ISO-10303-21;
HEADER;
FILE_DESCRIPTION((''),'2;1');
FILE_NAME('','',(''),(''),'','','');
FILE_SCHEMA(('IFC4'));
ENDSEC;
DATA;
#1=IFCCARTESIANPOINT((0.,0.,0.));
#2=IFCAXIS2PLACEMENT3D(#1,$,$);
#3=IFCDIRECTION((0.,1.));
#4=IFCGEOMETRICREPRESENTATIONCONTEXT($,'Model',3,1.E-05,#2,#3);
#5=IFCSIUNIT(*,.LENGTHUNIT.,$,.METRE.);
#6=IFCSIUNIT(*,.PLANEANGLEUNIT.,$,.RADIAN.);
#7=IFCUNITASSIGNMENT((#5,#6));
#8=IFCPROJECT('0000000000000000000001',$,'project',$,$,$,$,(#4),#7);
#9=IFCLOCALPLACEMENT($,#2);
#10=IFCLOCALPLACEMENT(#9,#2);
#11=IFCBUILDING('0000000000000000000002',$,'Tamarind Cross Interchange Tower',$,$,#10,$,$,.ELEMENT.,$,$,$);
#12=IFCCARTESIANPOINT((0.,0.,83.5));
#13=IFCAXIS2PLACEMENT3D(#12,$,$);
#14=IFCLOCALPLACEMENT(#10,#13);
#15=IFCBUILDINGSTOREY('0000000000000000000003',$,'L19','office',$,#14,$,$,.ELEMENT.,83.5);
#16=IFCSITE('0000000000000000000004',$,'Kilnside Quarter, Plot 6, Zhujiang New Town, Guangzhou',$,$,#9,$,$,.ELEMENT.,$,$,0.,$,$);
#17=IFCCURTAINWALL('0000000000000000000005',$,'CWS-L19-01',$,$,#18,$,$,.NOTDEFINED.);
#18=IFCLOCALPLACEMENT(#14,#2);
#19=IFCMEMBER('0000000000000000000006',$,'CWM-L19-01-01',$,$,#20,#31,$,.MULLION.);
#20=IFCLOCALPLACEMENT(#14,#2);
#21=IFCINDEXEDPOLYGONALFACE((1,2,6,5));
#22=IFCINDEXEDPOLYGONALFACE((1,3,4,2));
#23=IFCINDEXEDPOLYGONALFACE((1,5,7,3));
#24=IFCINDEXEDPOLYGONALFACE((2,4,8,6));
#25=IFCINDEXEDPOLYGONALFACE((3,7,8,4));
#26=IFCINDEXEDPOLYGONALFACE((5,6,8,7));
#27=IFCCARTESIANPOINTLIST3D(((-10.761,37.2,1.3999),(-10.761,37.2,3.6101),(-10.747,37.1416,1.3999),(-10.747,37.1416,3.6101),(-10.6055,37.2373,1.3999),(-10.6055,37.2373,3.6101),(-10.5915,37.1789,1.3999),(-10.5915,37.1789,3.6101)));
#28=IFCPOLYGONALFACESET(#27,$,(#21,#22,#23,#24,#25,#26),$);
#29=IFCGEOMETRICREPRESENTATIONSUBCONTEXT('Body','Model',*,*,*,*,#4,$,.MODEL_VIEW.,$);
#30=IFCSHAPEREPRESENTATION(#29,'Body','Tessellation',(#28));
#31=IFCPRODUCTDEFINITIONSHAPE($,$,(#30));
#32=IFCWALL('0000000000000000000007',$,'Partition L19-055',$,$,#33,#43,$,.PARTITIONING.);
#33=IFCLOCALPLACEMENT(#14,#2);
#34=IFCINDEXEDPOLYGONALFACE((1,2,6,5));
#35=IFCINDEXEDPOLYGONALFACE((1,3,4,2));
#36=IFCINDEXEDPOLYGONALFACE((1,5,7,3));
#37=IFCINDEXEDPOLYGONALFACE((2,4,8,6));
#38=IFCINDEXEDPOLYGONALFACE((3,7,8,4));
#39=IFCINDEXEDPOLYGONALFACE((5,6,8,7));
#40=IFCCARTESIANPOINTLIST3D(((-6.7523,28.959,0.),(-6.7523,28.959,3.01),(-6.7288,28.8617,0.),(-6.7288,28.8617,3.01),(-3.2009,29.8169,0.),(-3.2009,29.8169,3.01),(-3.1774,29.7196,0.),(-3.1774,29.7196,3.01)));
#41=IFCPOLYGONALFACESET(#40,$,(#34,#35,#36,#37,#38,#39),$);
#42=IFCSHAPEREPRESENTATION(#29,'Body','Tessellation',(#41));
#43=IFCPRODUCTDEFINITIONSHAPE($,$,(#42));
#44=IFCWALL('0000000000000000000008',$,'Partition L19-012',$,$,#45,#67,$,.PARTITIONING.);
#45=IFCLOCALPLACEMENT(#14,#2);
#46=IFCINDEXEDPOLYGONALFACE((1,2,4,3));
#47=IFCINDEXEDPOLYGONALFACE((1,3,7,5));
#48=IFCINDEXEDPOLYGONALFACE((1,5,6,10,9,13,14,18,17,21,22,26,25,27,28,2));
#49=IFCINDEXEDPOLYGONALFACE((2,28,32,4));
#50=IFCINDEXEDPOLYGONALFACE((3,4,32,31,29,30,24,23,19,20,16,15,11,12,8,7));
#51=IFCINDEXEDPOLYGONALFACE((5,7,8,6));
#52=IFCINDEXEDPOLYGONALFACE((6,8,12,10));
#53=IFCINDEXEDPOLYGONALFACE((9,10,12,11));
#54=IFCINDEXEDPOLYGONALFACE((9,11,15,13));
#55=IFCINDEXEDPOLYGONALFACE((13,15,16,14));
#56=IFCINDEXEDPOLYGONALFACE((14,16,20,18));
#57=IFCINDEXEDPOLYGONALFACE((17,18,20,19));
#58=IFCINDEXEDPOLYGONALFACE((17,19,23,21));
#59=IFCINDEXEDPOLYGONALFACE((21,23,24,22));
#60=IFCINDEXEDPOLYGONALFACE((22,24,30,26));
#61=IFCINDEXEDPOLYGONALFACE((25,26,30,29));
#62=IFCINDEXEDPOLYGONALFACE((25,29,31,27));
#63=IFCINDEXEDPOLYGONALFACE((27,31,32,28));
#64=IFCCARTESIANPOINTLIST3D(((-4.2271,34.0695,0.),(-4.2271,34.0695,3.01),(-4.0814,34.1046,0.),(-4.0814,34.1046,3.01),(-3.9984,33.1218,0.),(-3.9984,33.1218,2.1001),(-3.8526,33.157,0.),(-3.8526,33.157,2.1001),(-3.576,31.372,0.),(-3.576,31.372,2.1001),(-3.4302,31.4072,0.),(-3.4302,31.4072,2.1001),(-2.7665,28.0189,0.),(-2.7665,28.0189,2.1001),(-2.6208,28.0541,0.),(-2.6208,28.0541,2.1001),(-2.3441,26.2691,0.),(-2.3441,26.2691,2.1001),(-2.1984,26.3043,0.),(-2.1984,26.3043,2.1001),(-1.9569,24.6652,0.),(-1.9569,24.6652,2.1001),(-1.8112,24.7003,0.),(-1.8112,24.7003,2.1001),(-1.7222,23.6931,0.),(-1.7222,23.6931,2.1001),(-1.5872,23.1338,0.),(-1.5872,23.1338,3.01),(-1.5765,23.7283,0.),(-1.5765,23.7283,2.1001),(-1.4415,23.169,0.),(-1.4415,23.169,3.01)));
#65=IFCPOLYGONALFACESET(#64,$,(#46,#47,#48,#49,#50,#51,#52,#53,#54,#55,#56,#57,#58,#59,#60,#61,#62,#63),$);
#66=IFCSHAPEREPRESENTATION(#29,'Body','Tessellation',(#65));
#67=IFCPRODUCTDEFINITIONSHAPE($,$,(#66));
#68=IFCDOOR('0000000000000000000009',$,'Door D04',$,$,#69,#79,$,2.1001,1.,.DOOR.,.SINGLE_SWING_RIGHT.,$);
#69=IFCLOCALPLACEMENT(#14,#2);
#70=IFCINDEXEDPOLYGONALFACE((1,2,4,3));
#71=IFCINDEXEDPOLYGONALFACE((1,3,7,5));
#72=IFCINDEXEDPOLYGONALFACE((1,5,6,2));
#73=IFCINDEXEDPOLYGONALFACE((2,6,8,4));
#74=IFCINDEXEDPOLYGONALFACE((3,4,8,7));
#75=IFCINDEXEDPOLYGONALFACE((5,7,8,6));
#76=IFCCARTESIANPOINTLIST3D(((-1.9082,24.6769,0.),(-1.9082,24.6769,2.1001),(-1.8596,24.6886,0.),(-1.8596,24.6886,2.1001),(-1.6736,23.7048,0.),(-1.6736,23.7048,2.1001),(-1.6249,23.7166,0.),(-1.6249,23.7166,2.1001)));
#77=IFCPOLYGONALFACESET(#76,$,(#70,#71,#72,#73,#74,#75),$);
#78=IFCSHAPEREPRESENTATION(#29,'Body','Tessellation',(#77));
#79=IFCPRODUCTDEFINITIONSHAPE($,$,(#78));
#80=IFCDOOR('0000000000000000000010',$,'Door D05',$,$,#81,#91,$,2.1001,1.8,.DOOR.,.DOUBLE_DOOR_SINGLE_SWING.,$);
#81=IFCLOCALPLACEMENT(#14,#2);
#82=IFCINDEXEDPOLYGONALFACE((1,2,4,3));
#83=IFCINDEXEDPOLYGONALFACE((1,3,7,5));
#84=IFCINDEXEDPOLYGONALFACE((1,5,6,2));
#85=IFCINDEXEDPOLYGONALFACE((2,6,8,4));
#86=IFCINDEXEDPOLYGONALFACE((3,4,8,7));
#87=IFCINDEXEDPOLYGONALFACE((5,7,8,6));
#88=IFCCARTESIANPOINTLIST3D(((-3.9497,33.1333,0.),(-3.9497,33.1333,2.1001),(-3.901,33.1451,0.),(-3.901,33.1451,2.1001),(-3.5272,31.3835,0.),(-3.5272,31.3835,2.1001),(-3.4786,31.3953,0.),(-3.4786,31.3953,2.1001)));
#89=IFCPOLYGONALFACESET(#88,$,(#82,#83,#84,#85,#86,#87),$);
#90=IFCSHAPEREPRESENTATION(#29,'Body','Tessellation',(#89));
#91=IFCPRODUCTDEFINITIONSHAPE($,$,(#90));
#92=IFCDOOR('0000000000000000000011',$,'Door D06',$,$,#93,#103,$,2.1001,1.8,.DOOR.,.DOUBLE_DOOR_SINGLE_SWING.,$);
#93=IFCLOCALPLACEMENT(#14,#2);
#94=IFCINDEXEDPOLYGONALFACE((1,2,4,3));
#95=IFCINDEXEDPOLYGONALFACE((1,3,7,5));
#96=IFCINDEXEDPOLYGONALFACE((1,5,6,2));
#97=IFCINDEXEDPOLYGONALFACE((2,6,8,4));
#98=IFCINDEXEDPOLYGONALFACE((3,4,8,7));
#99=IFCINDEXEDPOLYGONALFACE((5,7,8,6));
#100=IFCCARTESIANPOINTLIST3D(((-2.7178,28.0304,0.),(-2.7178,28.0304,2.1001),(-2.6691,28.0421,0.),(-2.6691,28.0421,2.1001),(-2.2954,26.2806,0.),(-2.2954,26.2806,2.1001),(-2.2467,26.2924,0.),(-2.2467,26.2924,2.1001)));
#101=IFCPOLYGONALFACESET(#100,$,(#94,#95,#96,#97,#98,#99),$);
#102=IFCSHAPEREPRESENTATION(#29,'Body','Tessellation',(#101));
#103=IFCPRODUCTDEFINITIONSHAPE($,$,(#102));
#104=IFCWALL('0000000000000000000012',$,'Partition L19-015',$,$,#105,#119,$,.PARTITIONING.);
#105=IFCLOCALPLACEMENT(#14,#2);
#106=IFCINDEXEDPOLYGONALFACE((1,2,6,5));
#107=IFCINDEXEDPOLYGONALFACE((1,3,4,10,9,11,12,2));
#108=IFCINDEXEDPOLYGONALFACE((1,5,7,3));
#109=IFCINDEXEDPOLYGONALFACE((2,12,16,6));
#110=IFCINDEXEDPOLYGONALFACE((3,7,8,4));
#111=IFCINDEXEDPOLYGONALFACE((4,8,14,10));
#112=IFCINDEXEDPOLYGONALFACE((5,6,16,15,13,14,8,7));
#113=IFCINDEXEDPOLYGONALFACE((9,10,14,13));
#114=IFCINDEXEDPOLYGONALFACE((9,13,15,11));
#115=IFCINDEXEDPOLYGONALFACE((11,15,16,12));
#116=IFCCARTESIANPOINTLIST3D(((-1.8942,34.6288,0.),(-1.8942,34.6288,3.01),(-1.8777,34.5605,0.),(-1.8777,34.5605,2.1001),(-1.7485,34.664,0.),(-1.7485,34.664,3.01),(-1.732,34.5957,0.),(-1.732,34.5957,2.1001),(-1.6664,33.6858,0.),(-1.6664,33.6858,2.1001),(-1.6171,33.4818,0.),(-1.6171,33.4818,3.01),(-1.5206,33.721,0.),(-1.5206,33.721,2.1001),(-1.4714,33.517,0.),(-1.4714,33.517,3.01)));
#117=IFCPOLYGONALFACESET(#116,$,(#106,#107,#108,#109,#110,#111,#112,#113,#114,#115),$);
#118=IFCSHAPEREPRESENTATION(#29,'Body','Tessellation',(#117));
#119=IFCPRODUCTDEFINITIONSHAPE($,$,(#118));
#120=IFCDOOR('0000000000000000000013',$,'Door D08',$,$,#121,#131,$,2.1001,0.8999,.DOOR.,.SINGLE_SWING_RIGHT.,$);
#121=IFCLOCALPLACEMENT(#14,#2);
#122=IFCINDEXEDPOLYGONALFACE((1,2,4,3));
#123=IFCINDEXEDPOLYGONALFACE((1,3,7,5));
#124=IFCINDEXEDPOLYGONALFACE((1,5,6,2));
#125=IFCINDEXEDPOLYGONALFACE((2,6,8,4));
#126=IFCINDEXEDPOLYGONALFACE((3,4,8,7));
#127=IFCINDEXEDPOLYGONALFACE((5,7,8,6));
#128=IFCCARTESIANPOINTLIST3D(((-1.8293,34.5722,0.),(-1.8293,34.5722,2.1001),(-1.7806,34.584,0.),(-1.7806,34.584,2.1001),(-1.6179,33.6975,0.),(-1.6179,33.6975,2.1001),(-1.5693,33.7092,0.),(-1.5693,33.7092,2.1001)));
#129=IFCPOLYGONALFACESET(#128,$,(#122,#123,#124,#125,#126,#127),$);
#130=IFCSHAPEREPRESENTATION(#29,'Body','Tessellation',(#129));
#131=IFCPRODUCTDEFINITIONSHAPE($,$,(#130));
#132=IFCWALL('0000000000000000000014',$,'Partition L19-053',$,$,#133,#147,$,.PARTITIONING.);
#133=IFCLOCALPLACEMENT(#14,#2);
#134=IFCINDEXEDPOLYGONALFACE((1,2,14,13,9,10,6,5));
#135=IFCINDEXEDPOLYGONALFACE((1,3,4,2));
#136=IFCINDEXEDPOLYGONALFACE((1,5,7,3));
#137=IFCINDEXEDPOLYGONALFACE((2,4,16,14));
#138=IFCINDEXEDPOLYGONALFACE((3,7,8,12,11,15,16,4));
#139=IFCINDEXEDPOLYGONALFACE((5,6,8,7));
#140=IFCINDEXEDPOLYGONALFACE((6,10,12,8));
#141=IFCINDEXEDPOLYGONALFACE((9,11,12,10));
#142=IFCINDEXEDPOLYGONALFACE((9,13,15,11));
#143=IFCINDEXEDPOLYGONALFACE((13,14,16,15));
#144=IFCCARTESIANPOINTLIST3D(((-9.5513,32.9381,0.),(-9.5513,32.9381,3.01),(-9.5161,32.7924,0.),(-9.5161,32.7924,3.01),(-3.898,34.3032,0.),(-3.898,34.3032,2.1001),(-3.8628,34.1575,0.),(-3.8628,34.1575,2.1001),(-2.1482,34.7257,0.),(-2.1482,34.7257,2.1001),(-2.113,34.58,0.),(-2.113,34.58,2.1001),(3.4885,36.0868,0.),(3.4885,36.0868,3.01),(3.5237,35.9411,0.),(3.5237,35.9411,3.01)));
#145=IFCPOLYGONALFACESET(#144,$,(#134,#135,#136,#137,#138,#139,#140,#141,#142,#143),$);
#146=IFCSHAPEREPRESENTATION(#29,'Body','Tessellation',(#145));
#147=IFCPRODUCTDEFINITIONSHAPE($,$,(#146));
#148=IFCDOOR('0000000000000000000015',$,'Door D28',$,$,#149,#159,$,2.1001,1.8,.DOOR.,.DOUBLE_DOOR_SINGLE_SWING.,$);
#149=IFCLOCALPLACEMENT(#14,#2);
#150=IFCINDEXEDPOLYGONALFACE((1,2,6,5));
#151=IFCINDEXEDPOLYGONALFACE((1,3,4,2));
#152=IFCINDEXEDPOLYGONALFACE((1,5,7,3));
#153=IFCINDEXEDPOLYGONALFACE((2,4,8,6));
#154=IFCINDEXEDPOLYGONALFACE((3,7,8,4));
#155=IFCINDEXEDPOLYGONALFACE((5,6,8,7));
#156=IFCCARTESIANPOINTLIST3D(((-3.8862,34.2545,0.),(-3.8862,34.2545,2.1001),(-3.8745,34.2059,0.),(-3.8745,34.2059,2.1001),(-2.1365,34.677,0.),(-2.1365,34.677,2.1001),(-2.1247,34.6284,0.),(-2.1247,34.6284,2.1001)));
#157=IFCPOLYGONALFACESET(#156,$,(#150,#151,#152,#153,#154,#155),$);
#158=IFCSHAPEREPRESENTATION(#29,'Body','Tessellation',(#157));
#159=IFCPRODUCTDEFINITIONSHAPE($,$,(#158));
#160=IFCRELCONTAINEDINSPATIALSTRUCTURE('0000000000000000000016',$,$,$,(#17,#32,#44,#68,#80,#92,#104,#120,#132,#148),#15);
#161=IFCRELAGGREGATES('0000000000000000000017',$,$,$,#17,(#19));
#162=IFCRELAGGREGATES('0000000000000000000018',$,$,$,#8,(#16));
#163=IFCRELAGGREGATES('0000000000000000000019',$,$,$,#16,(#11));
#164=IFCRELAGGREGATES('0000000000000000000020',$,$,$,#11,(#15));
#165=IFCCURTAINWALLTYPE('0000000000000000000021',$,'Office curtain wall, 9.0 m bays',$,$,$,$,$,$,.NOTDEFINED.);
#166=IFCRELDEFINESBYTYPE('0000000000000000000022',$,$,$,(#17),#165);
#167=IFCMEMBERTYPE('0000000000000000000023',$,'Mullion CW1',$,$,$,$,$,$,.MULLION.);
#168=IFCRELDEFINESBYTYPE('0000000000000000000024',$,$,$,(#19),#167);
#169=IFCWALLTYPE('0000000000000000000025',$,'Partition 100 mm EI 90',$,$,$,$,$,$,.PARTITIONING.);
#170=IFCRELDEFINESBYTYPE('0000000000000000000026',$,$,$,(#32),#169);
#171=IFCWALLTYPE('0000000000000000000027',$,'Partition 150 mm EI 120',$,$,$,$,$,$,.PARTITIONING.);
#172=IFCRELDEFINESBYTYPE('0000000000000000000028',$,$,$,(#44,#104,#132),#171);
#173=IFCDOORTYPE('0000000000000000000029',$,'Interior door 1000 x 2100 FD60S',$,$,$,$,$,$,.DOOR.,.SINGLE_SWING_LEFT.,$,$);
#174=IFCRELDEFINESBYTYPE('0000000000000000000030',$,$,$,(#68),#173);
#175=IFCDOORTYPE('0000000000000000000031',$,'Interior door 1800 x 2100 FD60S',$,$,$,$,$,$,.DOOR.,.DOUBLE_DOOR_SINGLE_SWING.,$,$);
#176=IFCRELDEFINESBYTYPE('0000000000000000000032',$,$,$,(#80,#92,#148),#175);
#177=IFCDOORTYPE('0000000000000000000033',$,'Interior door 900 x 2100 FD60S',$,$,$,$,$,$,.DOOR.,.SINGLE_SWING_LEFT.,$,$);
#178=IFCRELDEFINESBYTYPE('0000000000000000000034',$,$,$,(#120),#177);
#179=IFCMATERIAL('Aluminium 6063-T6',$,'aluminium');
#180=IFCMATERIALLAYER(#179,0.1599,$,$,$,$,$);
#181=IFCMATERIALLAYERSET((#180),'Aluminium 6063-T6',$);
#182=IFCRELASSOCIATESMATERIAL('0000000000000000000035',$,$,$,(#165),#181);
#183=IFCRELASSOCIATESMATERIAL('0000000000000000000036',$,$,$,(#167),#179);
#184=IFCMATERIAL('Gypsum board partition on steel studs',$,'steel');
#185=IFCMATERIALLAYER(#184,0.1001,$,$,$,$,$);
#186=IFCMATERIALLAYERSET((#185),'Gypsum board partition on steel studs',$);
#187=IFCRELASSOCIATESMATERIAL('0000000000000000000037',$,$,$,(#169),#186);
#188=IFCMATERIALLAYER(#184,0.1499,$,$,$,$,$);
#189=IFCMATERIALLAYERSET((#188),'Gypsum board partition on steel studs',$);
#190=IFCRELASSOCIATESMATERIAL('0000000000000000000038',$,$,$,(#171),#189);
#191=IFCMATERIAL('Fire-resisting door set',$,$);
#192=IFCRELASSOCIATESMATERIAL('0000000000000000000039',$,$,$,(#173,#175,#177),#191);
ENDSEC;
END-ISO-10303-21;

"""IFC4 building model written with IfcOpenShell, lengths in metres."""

from ifc_helpers import new_model, si_unit, direction, frame, frame_2d, origin, origin_2d, place, context, subcontext, project, spatial, rectangle, extrude, material, layer, layer_set, material_profile, profile_set, type_object, element, fill, aggregate, save


model = new_model("IFC4")

# Units and contexts
model_context = context("Model", 3, precision=1e-05, world=origin(), true_north=direction((0.0, 1.0)))
body_context = subcontext(model_context, "Body", "Model", "MODEL_VIEW")
ifc_project = project(units=[si_unit("LENGTHUNIT", "METRE"), si_unit("PLANEANGLEUNIT", "RADIAN")], contexts=[model_context])

# Site, building, storey
site_placement = place(None, origin())
site = spatial("IfcSite", under=ifc_project, at=site_placement, Name="Kilnside Quarter, Plot 6, Zhujiang New Town, Guangzhou", CompositionType="ELEMENT", RefElevation=0.0)
building_placement = place(site_placement, origin())
building = spatial("IfcBuilding", under=site, at=building_placement, Name="Tamarind Cross Interchange Tower", CompositionType="ELEMENT")
storey_placement = place(building_placement, frame((0.0, 0.0, 83.5)))
storey = spatial("IfcBuildingStorey", under=building, at=storey_placement, Name="L19", Description="office", CompositionType="ELEMENT", Elevation=83.5)

# Shared definitions
ifc_material_1 = material(Name="Aluminium 6063-T6", Category="aluminium")
ifc_layer_1 = layer(ifc_material_1, 0.1599)
ifc_layer_set_1 = layer_set([ifc_layer_1], Name="Aluminium 6063-T6")
curtain_wall_type = type_object("IfcCurtainWallType", Name="Office curtain wall, 9.0 m bays", PredefinedType="NOTDEFINED", material=ifc_layer_set_1)
ifc_material_profile_1 = material_profile(ifc_material_1, rectangle(XDim=0.0601, YDim=0.1599, at=origin_2d()), Name="Mullion CW1")
ifc_profile_set_1 = profile_set([ifc_material_profile_1], Name="Aluminium 6063-T6")
member_type = type_object("IfcMemberType", Name="Mullion CW1", PredefinedType="MULLION", material=ifc_profile_set_1)

# Curtain wall, member
curtain_wall_1_placement = place(storey_placement, origin())
curtain_wall_1 = element("IfcCurtainWall", 1, at=curtain_wall_1_placement, inside=storey, type_object=curtain_wall_type, Name="CWS-L19-01", PredefinedType="NOTDEFINED")
member_1_placement = place(storey_placement, frame((-10.6763, 37.1895, 1.3999), z_axis=(0.0, 0.0, 1.0), x_axis=(0.233544, -0.972346, 0.0)))
member_1 = element("IfcMember", 2, at=member_1_placement, type_object=member_type, Name="CWM-L19-01-01", PredefinedType="MULLION", context=body_context, shape_type="SweptSolid", body=[
    extrude(rectangle(XDim=0.0601, YDim=0.1599, at=origin_2d()), origin(), (0.0, 0.0, 1.0), 2.2102),
])
aggregate(curtain_wall_1, [member_1])

# Wall
ifc_material_2 = material(Name="Gypsum board partition on steel studs", Category="steel")
ifc_layer_2 = layer(ifc_material_2, 0.1001)
ifc_layer_set_2 = layer_set([ifc_layer_2], Name="Gypsum board partition on steel studs")
wall_type_1 = type_object("IfcWallType", Name="Partition 100 mm EI 90", PredefinedType="PARTITIONING", material=ifc_layer_set_2)
wall_1_placement = place(storey_placement, frame((-6.7405, 28.9104, 0.0), z_axis=(0.0, 0.0, 1.0), x_axis=(0.972042, 0.234808, 0.0)))
element("IfcWall", 3, at=wall_1_placement, inside=storey, type_object=wall_type_1, Name="Partition L19-055", PredefinedType="PARTITIONING", context=body_context, shape_type="SweptSolid", body=[
    extrude(rectangle(XDim=3.6536, YDim=0.1001, at=frame_2d((1.8267, 0.0))), origin(), (0.0, 0.0, 1.0), 3.01),
])

# Wall, openings, doors
ifc_layer_3 = layer(ifc_material_2, 0.1499)
ifc_layer_set_3 = layer_set([ifc_layer_3], Name="Gypsum board partition on steel studs")
wall_type_2 = type_object("IfcWallType", Name="Partition 150 mm EI 120", PredefinedType="PARTITIONING", material=ifc_layer_set_3)
wall_2_placement = place(storey_placement, frame((-4.1543, 34.0872, 0.0), z_axis=(0.0, 0.0, 1.0), x_axis=(0.234664, -0.972077, 0.0)))
wall_2 = element("IfcWall", 4, at=wall_2_placement, inside=storey, type_object=wall_type_2, Name="Partition L19-012", PredefinedType="PARTITIONING", context=body_context, shape_type="SweptSolid", body=[
    extrude(rectangle(XDim=11.2498, YDim=0.1499, at=frame_2d((5.625, 0.0))), origin(), (0.0, 0.0, 1.0), 3.01),
])
opening_1_placement = place(wall_2_placement, frame((9.6746, 0.0, 0.0)))
opening_1 = element("IfcOpeningElement", 5, at=opening_1_placement, cuts=wall_2, PredefinedType="OPENING", context=body_context, shape_type="SweptSolid", body=[
    extrude(rectangle(XDim=1.0, YDim=2.1001, at=frame_2d((0.5, 1.05))), frame((0.0, 0.085, 0.0), z_axis=(0.0, -1.0, 0.0), x_axis=(1.0, 0.0, 0.0)), (0.0, 0.0, 1.0), 0.1699),
])
opening_2_placement = place(wall_2_placement, frame((0.9751, 0.0, 0.0)))
opening_2 = element("IfcOpeningElement", 6, at=opening_2_placement, cuts=wall_2, PredefinedType="OPENING", context=body_context, shape_type="SweptSolid", body=[
    extrude(rectangle(XDim=1.8, YDim=2.1001, at=frame_2d((0.8999, 1.05))), frame((0.0, 0.085, 0.0), z_axis=(0.0, -1.0, 0.0), x_axis=(1.0, 0.0, 0.0)), (0.0, 0.0, 1.0), 0.1699),
])
opening_3_placement = place(wall_2_placement, frame((6.2246, 0.0, 0.0)))
opening_3 = element("IfcOpeningElement", 7, at=opening_3_placement, cuts=wall_2, PredefinedType="OPENING", context=body_context, shape_type="SweptSolid", body=[
    extrude(rectangle(XDim=1.8, YDim=2.1001, at=frame_2d((0.8999, 1.05))), frame((0.0, 0.085, 0.0), z_axis=(0.0, -1.0, 0.0), x_axis=(1.0, 0.0, 0.0)), (0.0, 0.0, 1.0), 0.1699),
])
ifc_material_3 = material(Name="Fire-resisting door set")
door_type_1 = type_object("IfcDoorType", Name="Interior door 1000 x 2100 FD60S", OperationType="SINGLE_SWING_LEFT", PredefinedType="DOOR", material=ifc_material_3)
door_1_placement = place(opening_1_placement, frame((1.0, 0.0, 0.0), z_axis=(0.0, 0.0, 1.0), x_axis=(-1.0, 0.0, 0.0)))
door_1 = element("IfcDoor", 8, at=door_1_placement, inside=storey, type_object=door_type_1, Name="Door D04", OperationType="SINGLE_SWING_RIGHT", OverallHeight=2.1001, OverallWidth=1.0, PredefinedType="DOOR", context=body_context, shape_type="SweptSolid", body=[
    extrude(rectangle(XDim=1.0, YDim=2.1001, at=frame_2d((0.5, 1.05))), frame((0.0, 0.0249, 0.0), z_axis=(0.0, -1.0, 0.0), x_axis=(1.0, 0.0, 0.0)), (0.0, 0.0, 1.0), 0.05),
])
fill(opening_1, door_1)
door_type_2 = type_object("IfcDoorType", Name="Interior door 1800 x 2100 FD60S", OperationType="DOUBLE_DOOR_SINGLE_SWING", PredefinedType="DOOR", material=ifc_material_3)
door_2_placement = place(opening_2_placement, frame((1.8, 0.0, 0.0), z_axis=(0.0, 0.0, 1.0), x_axis=(-1.0, 0.0, 0.0)))
door_2 = element("IfcDoor", 9, at=door_2_placement, inside=storey, type_object=door_type_2, Name="Door D05", OperationType="DOUBLE_DOOR_SINGLE_SWING", OverallHeight=2.1001, OverallWidth=1.8, PredefinedType="DOOR", context=body_context, shape_type="SweptSolid", body=[
    extrude(rectangle(XDim=1.8, YDim=2.1001, at=frame_2d((0.8999, 1.05))), frame((0.0, 0.0249, 0.0), z_axis=(0.0, -1.0, 0.0), x_axis=(1.0, 0.0, 0.0)), (0.0, 0.0, 1.0), 0.05),
])
fill(opening_2, door_2)
door_3_placement = place(opening_3_placement, frame((1.8, 0.0, 0.0), z_axis=(0.0, 0.0, 1.0), x_axis=(-1.0, 0.0, 0.0)))
door_3 = element("IfcDoor", 10, at=door_3_placement, inside=storey, type_object=door_type_2, Name="Door D06", OperationType="DOUBLE_DOOR_SINGLE_SWING", OverallHeight=2.1001, OverallWidth=1.8, PredefinedType="DOOR", context=body_context, shape_type="SweptSolid", body=[
    extrude(rectangle(XDim=1.8, YDim=2.1001, at=frame_2d((0.8999, 1.05))), frame((0.0, 0.0249, 0.0), z_axis=(0.0, -1.0, 0.0), x_axis=(1.0, 0.0, 0.0)), (0.0, 0.0, 1.0), 0.05),
])
fill(opening_3, door_3)

# Walls, openings, doors
wall_3_placement = place(storey_placement, frame((-1.8213, 34.6462, 0.0), z_axis=(0.0, 0.0, 1.0), x_axis=(0.234836, -0.972035, 0.0)))
wall_3 = element("IfcWall", 11, at=wall_3_placement, inside=storey, type_object=wall_type_2, Name="Partition L19-015", PredefinedType="PARTITIONING", context=body_context, shape_type="SweptSolid", body=[
    extrude(rectangle(XDim=1.1799, YDim=0.1499, at=frame_2d((0.5898, 0.0))), origin(), (0.0, 0.0, 1.0), 3.01),
])
opening_4_placement = place(wall_3_placement, frame((0.0701, 0.0, 0.0)))
opening_4 = element("IfcOpeningElement", 12, at=opening_4_placement, cuts=wall_3, PredefinedType="OPENING", context=body_context, shape_type="SweptSolid", body=[
    extrude(rectangle(XDim=0.8999, YDim=2.1001, at=frame_2d((0.45, 1.05))), frame((0.0, 0.085, 0.0), z_axis=(0.0, -1.0, 0.0), x_axis=(1.0, 0.0, 0.0)), (0.0, 0.0, 1.0), 0.1699),
])
door_type_3 = type_object("IfcDoorType", Name="Interior door 900 x 2100 FD60S", OperationType="SINGLE_SWING_LEFT", PredefinedType="DOOR", material=ifc_material_3)
door_4_placement = place(opening_4_placement, origin())
door_4 = element("IfcDoor", 13, at=door_4_placement, inside=storey, type_object=door_type_3, Name="Door D08", OperationType="SINGLE_SWING_RIGHT", OverallHeight=2.1001, OverallWidth=0.8999, PredefinedType="DOOR", context=body_context, shape_type="SweptSolid", body=[
    extrude(rectangle(XDim=0.8999, YDim=2.1001, at=frame_2d((0.45, 1.05))), frame((0.0, 0.0249, 0.0), z_axis=(0.0, -1.0, 0.0), x_axis=(1.0, 0.0, 0.0)), (0.0, 0.0, 1.0), 0.05),
])
fill(opening_4, door_4)
wall_4_placement = place(storey_placement, frame((-9.5337, 32.8652, 0.0), z_axis=(0.0, 0.0, 1.0), x_axis=(0.972063, 0.234721, 0.0)))
wall_4 = element("IfcWall", 14, at=wall_4_placement, inside=storey, type_object=wall_type_2, Name="Partition L19-053", PredefinedType="PARTITIONING", context=body_context, shape_type="SweptSolid", body=[
    extrude(rectangle(XDim=13.4146, YDim=0.1499, at=frame_2d((6.7073, 0.0))), origin(), (0.0, 0.0, 1.0), 3.01),
])
opening_5_placement = place(wall_4_placement, frame((5.8159, 0.0, 0.0)))
opening_5 = element("IfcOpeningElement", 15, at=opening_5_placement, cuts=wall_4, PredefinedType="OPENING", context=body_context, shape_type="SweptSolid", body=[
    extrude(rectangle(XDim=1.8, YDim=2.1001, at=frame_2d((0.8999, 1.05))), frame((0.0, 0.085, 0.0), z_axis=(0.0, -1.0, 0.0), x_axis=(1.0, 0.0, 0.0)), (0.0, 0.0, 1.0), 0.1699),
])
door_5_placement = place(opening_5_placement, origin())
door_5 = element("IfcDoor", 16, at=door_5_placement, inside=storey, type_object=door_type_2, Name="Door D28", OperationType="DOUBLE_DOOR_SINGLE_SWING", OverallHeight=2.1001, OverallWidth=1.8, PredefinedType="DOOR", context=body_context, shape_type="SweptSolid", body=[
    extrude(rectangle(XDim=1.8, YDim=2.1001, at=frame_2d((0.8999, 1.05))), frame((0.0, 0.0249, 0.0), z_axis=(0.0, -1.0, 0.0), x_axis=(1.0, 0.0, 0.0)), (0.0, 0.0, 1.0), 0.05),
])
fill(opening_5, door_5)

save(model, "model.ifc")
